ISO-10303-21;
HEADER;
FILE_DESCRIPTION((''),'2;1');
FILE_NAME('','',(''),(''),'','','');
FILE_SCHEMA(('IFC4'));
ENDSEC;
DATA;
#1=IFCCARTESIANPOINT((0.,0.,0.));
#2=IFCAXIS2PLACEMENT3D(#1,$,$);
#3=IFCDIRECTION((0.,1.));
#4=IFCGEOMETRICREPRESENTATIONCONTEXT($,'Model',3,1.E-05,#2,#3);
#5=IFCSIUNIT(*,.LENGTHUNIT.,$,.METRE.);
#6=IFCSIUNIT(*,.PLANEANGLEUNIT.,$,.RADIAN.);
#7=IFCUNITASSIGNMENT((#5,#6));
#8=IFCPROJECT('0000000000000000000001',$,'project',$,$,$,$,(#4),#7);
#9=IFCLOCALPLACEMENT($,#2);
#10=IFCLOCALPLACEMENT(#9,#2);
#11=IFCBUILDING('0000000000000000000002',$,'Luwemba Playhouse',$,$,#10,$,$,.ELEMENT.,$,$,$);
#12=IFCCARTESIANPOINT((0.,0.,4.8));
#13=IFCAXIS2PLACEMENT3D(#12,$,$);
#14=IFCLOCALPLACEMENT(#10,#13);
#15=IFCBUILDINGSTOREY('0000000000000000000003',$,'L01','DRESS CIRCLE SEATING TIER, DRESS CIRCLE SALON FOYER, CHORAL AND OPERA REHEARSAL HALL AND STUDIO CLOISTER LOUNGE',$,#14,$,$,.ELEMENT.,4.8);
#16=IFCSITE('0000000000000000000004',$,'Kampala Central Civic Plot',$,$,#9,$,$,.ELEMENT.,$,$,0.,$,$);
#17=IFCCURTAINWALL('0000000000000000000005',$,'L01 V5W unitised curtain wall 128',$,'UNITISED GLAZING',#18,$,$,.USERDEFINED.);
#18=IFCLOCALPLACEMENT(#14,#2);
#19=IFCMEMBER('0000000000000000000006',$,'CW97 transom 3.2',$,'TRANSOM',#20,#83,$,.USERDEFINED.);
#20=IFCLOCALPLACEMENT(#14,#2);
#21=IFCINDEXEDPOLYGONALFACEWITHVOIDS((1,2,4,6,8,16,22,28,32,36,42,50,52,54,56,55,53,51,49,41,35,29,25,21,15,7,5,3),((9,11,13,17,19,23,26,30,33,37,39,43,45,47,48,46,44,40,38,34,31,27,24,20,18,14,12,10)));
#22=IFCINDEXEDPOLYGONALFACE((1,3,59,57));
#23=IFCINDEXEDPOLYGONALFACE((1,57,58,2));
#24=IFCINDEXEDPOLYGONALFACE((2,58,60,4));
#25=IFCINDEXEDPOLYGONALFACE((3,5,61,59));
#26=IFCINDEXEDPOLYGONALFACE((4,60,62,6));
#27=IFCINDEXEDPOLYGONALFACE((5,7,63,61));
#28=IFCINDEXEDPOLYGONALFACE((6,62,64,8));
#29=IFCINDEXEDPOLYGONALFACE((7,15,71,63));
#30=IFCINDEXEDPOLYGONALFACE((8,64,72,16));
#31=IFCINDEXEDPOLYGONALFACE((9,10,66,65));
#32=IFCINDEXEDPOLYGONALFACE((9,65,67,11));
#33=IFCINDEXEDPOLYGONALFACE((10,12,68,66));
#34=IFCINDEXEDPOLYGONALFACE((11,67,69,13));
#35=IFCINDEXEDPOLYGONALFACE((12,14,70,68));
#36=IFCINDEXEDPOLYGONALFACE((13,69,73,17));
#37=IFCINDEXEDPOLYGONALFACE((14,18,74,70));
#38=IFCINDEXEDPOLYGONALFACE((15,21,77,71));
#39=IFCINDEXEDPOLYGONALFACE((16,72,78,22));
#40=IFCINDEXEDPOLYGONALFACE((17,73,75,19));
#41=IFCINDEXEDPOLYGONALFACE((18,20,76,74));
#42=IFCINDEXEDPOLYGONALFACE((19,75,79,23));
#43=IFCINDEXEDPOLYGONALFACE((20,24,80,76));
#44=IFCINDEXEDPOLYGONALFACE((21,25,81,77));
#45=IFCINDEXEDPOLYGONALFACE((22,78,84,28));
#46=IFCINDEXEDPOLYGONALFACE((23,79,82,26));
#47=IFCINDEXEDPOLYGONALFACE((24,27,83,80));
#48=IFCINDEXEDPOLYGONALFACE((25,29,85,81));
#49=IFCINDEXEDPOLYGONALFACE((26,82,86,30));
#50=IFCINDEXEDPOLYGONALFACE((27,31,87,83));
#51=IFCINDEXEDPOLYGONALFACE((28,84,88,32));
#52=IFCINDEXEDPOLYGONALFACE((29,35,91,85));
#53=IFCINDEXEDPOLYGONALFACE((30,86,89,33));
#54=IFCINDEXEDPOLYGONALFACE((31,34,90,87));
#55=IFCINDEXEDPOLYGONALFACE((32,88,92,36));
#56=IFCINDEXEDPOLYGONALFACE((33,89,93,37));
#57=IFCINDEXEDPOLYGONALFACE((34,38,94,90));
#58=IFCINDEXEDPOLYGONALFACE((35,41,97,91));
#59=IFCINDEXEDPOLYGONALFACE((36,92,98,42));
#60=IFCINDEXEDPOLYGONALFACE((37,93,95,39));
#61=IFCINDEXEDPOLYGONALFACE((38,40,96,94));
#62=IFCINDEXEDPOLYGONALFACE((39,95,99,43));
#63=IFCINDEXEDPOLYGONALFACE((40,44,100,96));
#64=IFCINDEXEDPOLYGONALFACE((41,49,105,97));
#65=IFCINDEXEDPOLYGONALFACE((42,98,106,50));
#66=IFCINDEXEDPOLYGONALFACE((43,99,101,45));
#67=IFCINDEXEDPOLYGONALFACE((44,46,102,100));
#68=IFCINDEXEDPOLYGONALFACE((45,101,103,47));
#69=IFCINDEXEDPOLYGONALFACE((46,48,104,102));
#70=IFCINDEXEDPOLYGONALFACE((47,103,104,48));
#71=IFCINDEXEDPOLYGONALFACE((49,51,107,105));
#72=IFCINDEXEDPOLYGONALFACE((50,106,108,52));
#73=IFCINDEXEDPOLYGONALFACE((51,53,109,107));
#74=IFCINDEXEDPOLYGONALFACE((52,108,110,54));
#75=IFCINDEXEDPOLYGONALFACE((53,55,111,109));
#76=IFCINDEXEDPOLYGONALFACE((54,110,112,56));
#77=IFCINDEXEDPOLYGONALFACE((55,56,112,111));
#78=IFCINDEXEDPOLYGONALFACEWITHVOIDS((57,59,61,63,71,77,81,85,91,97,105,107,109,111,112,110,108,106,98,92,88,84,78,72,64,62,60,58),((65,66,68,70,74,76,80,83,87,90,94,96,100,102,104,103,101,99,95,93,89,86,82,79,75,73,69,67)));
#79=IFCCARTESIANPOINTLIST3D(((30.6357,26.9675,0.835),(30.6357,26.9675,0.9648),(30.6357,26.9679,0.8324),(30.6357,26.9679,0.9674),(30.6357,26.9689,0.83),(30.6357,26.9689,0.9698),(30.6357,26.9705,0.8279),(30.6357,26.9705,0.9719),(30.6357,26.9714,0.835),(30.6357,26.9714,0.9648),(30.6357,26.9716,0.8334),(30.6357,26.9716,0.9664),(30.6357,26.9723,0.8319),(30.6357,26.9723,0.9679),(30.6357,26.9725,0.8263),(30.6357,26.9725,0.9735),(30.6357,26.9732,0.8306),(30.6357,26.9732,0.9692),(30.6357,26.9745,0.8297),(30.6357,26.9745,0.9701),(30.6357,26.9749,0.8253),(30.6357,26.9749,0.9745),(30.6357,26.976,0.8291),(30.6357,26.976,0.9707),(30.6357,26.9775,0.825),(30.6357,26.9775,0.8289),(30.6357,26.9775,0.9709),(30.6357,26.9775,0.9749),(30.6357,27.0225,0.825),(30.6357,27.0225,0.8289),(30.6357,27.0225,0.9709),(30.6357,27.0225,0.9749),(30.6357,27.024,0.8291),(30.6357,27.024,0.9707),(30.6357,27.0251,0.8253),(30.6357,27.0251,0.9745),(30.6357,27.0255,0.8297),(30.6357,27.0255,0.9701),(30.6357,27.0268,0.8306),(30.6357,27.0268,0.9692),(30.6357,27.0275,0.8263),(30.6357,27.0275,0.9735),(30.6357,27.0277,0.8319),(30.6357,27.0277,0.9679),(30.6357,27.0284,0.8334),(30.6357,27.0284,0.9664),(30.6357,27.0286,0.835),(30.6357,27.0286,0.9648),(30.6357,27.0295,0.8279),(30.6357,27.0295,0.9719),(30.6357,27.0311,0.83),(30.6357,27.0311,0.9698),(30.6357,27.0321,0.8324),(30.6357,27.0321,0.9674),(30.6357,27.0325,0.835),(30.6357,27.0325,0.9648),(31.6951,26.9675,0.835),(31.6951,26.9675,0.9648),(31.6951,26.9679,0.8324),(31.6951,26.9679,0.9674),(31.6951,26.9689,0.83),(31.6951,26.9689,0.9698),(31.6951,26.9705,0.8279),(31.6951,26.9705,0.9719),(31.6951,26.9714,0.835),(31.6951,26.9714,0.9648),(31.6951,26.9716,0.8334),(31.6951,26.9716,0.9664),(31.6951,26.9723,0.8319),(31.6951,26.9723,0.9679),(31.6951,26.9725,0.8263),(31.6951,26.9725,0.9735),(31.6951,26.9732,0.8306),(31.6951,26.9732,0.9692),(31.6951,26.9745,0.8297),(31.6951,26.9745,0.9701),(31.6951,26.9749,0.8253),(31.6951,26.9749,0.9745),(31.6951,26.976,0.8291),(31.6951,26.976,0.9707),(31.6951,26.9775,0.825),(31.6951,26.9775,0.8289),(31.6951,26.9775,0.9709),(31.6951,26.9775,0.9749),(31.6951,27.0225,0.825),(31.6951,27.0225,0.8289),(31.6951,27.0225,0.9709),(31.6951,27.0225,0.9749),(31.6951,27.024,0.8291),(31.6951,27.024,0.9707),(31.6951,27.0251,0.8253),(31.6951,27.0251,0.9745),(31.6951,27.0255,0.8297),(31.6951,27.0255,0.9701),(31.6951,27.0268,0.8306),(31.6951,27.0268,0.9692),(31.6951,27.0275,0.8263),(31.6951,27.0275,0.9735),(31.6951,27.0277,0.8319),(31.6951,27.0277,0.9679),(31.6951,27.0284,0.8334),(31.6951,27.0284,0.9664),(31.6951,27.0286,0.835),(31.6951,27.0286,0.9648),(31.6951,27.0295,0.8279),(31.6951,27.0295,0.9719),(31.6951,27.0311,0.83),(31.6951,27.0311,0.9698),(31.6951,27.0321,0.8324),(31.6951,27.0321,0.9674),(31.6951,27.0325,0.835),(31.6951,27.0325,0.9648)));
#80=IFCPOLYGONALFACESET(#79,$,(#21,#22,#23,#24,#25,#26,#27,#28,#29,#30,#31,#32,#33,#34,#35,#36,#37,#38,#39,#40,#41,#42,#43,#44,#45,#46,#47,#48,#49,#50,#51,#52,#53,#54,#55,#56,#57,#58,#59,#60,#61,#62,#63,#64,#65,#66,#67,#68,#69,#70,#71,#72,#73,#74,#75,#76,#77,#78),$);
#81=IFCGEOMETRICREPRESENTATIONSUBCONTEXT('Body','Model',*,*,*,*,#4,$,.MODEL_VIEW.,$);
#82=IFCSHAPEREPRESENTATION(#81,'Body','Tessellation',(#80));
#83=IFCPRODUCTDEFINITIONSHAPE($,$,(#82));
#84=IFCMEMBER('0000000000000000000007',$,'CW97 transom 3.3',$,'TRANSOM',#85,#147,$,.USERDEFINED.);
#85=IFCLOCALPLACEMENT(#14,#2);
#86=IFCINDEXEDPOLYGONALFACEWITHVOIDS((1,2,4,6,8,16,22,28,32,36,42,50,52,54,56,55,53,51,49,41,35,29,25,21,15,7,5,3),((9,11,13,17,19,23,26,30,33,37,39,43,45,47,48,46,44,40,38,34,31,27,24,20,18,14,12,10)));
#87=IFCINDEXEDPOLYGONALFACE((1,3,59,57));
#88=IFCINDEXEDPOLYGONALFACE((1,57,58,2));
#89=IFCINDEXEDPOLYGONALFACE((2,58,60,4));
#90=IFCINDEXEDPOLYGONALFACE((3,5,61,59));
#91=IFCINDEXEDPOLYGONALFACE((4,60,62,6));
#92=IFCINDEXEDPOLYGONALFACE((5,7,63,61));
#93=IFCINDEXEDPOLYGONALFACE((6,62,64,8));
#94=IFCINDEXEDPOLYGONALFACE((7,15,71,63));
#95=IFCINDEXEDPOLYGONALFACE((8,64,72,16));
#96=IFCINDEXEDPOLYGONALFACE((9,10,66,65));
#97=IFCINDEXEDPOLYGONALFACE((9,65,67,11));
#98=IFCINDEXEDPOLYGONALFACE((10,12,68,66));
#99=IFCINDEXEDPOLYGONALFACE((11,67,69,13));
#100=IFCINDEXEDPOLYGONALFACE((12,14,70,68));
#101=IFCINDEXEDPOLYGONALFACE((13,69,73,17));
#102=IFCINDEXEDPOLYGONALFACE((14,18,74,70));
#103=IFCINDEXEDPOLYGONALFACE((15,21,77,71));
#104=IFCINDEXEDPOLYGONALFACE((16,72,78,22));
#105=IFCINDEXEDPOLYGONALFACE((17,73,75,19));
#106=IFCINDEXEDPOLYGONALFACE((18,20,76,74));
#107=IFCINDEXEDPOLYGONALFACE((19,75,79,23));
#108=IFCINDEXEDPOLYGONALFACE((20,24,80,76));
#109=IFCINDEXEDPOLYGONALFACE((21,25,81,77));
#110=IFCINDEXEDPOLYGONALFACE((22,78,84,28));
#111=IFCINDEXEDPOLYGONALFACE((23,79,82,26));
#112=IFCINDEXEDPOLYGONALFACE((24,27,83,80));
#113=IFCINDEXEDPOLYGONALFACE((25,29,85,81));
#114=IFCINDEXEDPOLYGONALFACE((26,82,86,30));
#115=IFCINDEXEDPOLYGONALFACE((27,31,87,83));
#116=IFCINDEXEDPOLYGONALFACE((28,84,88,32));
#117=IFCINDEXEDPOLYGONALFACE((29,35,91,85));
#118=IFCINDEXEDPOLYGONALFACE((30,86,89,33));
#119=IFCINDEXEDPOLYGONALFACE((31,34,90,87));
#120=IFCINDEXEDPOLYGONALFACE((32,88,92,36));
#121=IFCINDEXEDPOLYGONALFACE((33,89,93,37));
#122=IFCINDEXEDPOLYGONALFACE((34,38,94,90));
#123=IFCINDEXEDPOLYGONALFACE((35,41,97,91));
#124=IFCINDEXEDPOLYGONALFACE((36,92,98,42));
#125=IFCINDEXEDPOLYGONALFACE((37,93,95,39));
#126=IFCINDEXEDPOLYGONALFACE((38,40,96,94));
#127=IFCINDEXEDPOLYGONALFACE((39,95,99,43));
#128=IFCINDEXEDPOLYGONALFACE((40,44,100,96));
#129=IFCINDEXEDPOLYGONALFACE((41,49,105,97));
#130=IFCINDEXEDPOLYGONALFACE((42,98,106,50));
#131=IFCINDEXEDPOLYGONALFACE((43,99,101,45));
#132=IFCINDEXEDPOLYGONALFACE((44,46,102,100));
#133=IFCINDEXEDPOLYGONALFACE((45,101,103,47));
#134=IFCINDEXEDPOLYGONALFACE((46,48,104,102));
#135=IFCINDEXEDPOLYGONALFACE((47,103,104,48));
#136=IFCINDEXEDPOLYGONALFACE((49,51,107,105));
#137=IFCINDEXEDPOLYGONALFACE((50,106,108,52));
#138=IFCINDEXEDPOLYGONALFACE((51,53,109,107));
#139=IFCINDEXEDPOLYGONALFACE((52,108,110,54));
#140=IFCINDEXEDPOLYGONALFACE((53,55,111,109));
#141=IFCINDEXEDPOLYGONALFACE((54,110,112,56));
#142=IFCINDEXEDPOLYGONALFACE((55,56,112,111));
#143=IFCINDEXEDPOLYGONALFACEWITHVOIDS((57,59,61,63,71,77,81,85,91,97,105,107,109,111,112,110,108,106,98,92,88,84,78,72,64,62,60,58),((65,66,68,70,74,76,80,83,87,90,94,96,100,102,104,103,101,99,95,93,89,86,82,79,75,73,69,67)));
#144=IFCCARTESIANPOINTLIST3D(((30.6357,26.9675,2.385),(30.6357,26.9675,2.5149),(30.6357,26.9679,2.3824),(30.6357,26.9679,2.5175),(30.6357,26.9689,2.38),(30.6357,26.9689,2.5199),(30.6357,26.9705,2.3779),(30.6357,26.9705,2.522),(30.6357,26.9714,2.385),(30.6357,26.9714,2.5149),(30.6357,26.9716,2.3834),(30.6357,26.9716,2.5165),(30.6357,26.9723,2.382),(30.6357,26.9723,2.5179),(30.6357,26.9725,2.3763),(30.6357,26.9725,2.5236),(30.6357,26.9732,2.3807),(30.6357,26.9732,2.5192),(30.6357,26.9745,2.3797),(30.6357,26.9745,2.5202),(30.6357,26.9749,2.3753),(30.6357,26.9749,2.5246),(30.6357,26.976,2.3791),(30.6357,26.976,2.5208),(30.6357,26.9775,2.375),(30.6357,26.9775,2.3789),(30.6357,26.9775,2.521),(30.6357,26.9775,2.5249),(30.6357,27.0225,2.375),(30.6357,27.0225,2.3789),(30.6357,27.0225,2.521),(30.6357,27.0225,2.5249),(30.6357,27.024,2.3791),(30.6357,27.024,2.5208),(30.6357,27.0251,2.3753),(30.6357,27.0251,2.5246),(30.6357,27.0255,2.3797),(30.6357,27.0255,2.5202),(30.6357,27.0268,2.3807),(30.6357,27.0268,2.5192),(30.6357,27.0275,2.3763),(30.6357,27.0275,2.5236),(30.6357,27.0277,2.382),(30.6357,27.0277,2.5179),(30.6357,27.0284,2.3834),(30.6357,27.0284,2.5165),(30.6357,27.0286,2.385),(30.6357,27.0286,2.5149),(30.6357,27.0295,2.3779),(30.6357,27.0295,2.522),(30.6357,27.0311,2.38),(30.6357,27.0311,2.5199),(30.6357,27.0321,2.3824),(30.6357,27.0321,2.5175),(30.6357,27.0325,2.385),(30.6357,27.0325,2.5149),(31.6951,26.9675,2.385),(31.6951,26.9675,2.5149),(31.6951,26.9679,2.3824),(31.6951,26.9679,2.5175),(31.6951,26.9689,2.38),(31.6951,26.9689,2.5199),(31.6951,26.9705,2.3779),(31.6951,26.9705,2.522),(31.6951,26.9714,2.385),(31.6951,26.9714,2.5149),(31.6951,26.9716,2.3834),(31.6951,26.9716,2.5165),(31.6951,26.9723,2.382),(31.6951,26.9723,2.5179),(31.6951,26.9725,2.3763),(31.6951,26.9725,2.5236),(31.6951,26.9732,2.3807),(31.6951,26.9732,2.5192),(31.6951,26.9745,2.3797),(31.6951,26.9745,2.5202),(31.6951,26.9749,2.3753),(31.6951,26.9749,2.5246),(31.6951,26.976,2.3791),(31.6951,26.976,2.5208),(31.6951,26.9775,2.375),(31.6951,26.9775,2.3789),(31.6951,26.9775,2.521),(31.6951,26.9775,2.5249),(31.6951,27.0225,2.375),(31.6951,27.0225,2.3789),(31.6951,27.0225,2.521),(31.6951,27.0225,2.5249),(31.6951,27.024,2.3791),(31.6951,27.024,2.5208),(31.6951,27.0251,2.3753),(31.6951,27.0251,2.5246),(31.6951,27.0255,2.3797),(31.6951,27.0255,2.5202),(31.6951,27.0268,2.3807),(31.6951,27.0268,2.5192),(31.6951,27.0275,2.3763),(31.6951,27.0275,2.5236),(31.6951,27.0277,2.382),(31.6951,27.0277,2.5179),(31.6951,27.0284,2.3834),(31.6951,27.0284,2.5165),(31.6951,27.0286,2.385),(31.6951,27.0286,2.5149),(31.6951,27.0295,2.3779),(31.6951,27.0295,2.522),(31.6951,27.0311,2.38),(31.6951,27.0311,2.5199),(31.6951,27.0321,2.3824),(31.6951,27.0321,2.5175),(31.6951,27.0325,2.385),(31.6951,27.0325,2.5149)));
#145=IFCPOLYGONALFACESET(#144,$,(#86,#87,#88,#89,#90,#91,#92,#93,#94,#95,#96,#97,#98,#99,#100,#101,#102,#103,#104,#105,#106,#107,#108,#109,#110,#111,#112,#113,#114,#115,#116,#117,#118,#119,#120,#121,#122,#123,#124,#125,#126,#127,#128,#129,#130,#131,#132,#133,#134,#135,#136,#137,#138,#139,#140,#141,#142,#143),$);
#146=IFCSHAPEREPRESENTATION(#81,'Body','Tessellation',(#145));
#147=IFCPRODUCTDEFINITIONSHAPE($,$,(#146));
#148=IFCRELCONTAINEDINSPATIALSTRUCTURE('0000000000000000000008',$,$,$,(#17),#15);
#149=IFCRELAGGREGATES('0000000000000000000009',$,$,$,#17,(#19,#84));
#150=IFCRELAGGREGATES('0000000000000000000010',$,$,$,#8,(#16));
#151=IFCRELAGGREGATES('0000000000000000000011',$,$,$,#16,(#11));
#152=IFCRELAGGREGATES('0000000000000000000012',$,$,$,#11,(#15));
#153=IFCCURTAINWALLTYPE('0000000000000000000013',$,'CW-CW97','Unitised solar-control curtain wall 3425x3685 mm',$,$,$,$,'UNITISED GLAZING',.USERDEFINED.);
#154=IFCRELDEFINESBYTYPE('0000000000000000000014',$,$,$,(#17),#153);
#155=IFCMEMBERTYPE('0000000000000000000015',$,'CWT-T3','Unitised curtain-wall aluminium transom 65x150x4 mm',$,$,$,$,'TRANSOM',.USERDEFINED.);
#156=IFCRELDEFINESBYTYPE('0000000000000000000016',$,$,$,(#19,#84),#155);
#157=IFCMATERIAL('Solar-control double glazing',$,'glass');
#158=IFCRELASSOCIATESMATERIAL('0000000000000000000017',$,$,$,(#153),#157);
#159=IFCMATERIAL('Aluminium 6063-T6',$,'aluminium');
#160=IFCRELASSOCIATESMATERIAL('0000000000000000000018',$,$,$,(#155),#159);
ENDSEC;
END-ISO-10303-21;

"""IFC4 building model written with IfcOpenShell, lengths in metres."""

from ifc_helpers import new_model, si_unit, direction, frame, origin, origin_2d, place, context, subcontext, project, spatial, hollow_rectangle, extrude, material, material_profile, profile_set, type_object, element, aggregate, save


model = new_model("IFC4")

# Units and contexts
model_context = context("Model", 3, precision=1e-05, world=origin(), true_north=direction((0.0, 1.0)))
body_context = subcontext(model_context, "Body", "Model", "MODEL_VIEW")
ifc_project = project(units=[si_unit("LENGTHUNIT", "METRE"), si_unit("PLANEANGLEUNIT", "RADIAN")], contexts=[model_context])

# Site, building, storey
site_placement = place(None, origin())
site = spatial("IfcSite", under=ifc_project, at=site_placement, Name="Kampala Central Civic Plot", CompositionType="ELEMENT", RefElevation=0.0)
building_placement = place(site_placement, origin())
building = spatial("IfcBuilding", under=site, at=building_placement, Name="Luwemba Playhouse", CompositionType="ELEMENT")
storey_placement = place(building_placement, frame((0.0, 0.0, 4.8)))
storey = spatial("IfcBuildingStorey", under=building, at=storey_placement, Name="L01", Description="DRESS CIRCLE SEATING TIER, DRESS CIRCLE SALON FOYER, CHORAL AND OPERA REHEARSAL HALL AND STUDIO CLOISTER LOUNGE", CompositionType="ELEMENT", Elevation=4.8)

# Curtain wall
ifc_material_1 = material(Name="Solar-control double glazing", Category="glass")
curtain_wall_type_1 = type_object("IfcCurtainWallType", Name="CW-CW97", Description="Unitised solar-control curtain wall 3425x3685 mm", ElementType="UNITISED GLAZING", PredefinedType="USERDEFINED", material=ifc_material_1)
curtain_wall_1_placement = place(storey_placement, origin())
curtain_wall_1 = element("IfcCurtainWall", 1, at=curtain_wall_1_placement, inside=storey, type_object=curtain_wall_type_1, Name="L01 V5W unitised curtain wall 128", ObjectType="UNITISED GLAZING", PredefinedType="USERDEFINED")
ifc_material_2 = material(Name="Aluminium 6063-T6", Category="aluminium")

# Members
ifc_material_profile_1 = material_profile(ifc_material_2, hollow_rectangle(XDim=0.0649, YDim=0.1499, WallThickness=0.0039, InnerFilletRadius=0.0061, OuterFilletRadius=0.01, at=origin_2d()))
ifc_profile_set_1 = profile_set([ifc_material_profile_1], Name="Aluminium 6063-T6")
member_type_1 = type_object("IfcMemberType", Name="CWT-T3", Description="Unitised curtain-wall aluminium transom 65x150x4 mm", ElementType="TRANSOM", PredefinedType="USERDEFINED", material=ifc_profile_set_1)
member_1_placement = place(storey_placement, frame((30.6357, 27.0, 0.8999), z_axis=(1.0, 0.0, 0.0), x_axis=(0.0, 1.0, 0.0)))
member_1 = element("IfcMember", 2, at=member_1_placement, type_object=member_type_1, Name="CW97 transom 3.2", ObjectType="TRANSOM", PredefinedType="USERDEFINED", context=body_context, shape_type="SweptSolid", body=[
    extrude(hollow_rectangle(XDim=0.0649, YDim=0.1499, WallThickness=0.0039, InnerFilletRadius=0.0061, OuterFilletRadius=0.01, at=origin_2d()), origin(), (0.0, 0.0, 1.0), 1.0593),
])
member_2_placement = place(storey_placement, frame((30.6357, 27.0, 2.45), z_axis=(1.0, 0.0, 0.0), x_axis=(0.0, 1.0, 0.0)))
member_2 = element("IfcMember", 3, at=member_2_placement, type_object=member_type_1, Name="CW97 transom 3.3", ObjectType="TRANSOM", PredefinedType="USERDEFINED", context=body_context, shape_type="SweptSolid", body=[
    extrude(hollow_rectangle(XDim=0.0649, YDim=0.1499, WallThickness=0.0039, InnerFilletRadius=0.0061, OuterFilletRadius=0.01, at=origin_2d()), origin(), (0.0, 0.0, 1.0), 1.0593),
])

aggregate(curtain_wall_1, [member_1, member_2])

save(model, "model.ifc")
